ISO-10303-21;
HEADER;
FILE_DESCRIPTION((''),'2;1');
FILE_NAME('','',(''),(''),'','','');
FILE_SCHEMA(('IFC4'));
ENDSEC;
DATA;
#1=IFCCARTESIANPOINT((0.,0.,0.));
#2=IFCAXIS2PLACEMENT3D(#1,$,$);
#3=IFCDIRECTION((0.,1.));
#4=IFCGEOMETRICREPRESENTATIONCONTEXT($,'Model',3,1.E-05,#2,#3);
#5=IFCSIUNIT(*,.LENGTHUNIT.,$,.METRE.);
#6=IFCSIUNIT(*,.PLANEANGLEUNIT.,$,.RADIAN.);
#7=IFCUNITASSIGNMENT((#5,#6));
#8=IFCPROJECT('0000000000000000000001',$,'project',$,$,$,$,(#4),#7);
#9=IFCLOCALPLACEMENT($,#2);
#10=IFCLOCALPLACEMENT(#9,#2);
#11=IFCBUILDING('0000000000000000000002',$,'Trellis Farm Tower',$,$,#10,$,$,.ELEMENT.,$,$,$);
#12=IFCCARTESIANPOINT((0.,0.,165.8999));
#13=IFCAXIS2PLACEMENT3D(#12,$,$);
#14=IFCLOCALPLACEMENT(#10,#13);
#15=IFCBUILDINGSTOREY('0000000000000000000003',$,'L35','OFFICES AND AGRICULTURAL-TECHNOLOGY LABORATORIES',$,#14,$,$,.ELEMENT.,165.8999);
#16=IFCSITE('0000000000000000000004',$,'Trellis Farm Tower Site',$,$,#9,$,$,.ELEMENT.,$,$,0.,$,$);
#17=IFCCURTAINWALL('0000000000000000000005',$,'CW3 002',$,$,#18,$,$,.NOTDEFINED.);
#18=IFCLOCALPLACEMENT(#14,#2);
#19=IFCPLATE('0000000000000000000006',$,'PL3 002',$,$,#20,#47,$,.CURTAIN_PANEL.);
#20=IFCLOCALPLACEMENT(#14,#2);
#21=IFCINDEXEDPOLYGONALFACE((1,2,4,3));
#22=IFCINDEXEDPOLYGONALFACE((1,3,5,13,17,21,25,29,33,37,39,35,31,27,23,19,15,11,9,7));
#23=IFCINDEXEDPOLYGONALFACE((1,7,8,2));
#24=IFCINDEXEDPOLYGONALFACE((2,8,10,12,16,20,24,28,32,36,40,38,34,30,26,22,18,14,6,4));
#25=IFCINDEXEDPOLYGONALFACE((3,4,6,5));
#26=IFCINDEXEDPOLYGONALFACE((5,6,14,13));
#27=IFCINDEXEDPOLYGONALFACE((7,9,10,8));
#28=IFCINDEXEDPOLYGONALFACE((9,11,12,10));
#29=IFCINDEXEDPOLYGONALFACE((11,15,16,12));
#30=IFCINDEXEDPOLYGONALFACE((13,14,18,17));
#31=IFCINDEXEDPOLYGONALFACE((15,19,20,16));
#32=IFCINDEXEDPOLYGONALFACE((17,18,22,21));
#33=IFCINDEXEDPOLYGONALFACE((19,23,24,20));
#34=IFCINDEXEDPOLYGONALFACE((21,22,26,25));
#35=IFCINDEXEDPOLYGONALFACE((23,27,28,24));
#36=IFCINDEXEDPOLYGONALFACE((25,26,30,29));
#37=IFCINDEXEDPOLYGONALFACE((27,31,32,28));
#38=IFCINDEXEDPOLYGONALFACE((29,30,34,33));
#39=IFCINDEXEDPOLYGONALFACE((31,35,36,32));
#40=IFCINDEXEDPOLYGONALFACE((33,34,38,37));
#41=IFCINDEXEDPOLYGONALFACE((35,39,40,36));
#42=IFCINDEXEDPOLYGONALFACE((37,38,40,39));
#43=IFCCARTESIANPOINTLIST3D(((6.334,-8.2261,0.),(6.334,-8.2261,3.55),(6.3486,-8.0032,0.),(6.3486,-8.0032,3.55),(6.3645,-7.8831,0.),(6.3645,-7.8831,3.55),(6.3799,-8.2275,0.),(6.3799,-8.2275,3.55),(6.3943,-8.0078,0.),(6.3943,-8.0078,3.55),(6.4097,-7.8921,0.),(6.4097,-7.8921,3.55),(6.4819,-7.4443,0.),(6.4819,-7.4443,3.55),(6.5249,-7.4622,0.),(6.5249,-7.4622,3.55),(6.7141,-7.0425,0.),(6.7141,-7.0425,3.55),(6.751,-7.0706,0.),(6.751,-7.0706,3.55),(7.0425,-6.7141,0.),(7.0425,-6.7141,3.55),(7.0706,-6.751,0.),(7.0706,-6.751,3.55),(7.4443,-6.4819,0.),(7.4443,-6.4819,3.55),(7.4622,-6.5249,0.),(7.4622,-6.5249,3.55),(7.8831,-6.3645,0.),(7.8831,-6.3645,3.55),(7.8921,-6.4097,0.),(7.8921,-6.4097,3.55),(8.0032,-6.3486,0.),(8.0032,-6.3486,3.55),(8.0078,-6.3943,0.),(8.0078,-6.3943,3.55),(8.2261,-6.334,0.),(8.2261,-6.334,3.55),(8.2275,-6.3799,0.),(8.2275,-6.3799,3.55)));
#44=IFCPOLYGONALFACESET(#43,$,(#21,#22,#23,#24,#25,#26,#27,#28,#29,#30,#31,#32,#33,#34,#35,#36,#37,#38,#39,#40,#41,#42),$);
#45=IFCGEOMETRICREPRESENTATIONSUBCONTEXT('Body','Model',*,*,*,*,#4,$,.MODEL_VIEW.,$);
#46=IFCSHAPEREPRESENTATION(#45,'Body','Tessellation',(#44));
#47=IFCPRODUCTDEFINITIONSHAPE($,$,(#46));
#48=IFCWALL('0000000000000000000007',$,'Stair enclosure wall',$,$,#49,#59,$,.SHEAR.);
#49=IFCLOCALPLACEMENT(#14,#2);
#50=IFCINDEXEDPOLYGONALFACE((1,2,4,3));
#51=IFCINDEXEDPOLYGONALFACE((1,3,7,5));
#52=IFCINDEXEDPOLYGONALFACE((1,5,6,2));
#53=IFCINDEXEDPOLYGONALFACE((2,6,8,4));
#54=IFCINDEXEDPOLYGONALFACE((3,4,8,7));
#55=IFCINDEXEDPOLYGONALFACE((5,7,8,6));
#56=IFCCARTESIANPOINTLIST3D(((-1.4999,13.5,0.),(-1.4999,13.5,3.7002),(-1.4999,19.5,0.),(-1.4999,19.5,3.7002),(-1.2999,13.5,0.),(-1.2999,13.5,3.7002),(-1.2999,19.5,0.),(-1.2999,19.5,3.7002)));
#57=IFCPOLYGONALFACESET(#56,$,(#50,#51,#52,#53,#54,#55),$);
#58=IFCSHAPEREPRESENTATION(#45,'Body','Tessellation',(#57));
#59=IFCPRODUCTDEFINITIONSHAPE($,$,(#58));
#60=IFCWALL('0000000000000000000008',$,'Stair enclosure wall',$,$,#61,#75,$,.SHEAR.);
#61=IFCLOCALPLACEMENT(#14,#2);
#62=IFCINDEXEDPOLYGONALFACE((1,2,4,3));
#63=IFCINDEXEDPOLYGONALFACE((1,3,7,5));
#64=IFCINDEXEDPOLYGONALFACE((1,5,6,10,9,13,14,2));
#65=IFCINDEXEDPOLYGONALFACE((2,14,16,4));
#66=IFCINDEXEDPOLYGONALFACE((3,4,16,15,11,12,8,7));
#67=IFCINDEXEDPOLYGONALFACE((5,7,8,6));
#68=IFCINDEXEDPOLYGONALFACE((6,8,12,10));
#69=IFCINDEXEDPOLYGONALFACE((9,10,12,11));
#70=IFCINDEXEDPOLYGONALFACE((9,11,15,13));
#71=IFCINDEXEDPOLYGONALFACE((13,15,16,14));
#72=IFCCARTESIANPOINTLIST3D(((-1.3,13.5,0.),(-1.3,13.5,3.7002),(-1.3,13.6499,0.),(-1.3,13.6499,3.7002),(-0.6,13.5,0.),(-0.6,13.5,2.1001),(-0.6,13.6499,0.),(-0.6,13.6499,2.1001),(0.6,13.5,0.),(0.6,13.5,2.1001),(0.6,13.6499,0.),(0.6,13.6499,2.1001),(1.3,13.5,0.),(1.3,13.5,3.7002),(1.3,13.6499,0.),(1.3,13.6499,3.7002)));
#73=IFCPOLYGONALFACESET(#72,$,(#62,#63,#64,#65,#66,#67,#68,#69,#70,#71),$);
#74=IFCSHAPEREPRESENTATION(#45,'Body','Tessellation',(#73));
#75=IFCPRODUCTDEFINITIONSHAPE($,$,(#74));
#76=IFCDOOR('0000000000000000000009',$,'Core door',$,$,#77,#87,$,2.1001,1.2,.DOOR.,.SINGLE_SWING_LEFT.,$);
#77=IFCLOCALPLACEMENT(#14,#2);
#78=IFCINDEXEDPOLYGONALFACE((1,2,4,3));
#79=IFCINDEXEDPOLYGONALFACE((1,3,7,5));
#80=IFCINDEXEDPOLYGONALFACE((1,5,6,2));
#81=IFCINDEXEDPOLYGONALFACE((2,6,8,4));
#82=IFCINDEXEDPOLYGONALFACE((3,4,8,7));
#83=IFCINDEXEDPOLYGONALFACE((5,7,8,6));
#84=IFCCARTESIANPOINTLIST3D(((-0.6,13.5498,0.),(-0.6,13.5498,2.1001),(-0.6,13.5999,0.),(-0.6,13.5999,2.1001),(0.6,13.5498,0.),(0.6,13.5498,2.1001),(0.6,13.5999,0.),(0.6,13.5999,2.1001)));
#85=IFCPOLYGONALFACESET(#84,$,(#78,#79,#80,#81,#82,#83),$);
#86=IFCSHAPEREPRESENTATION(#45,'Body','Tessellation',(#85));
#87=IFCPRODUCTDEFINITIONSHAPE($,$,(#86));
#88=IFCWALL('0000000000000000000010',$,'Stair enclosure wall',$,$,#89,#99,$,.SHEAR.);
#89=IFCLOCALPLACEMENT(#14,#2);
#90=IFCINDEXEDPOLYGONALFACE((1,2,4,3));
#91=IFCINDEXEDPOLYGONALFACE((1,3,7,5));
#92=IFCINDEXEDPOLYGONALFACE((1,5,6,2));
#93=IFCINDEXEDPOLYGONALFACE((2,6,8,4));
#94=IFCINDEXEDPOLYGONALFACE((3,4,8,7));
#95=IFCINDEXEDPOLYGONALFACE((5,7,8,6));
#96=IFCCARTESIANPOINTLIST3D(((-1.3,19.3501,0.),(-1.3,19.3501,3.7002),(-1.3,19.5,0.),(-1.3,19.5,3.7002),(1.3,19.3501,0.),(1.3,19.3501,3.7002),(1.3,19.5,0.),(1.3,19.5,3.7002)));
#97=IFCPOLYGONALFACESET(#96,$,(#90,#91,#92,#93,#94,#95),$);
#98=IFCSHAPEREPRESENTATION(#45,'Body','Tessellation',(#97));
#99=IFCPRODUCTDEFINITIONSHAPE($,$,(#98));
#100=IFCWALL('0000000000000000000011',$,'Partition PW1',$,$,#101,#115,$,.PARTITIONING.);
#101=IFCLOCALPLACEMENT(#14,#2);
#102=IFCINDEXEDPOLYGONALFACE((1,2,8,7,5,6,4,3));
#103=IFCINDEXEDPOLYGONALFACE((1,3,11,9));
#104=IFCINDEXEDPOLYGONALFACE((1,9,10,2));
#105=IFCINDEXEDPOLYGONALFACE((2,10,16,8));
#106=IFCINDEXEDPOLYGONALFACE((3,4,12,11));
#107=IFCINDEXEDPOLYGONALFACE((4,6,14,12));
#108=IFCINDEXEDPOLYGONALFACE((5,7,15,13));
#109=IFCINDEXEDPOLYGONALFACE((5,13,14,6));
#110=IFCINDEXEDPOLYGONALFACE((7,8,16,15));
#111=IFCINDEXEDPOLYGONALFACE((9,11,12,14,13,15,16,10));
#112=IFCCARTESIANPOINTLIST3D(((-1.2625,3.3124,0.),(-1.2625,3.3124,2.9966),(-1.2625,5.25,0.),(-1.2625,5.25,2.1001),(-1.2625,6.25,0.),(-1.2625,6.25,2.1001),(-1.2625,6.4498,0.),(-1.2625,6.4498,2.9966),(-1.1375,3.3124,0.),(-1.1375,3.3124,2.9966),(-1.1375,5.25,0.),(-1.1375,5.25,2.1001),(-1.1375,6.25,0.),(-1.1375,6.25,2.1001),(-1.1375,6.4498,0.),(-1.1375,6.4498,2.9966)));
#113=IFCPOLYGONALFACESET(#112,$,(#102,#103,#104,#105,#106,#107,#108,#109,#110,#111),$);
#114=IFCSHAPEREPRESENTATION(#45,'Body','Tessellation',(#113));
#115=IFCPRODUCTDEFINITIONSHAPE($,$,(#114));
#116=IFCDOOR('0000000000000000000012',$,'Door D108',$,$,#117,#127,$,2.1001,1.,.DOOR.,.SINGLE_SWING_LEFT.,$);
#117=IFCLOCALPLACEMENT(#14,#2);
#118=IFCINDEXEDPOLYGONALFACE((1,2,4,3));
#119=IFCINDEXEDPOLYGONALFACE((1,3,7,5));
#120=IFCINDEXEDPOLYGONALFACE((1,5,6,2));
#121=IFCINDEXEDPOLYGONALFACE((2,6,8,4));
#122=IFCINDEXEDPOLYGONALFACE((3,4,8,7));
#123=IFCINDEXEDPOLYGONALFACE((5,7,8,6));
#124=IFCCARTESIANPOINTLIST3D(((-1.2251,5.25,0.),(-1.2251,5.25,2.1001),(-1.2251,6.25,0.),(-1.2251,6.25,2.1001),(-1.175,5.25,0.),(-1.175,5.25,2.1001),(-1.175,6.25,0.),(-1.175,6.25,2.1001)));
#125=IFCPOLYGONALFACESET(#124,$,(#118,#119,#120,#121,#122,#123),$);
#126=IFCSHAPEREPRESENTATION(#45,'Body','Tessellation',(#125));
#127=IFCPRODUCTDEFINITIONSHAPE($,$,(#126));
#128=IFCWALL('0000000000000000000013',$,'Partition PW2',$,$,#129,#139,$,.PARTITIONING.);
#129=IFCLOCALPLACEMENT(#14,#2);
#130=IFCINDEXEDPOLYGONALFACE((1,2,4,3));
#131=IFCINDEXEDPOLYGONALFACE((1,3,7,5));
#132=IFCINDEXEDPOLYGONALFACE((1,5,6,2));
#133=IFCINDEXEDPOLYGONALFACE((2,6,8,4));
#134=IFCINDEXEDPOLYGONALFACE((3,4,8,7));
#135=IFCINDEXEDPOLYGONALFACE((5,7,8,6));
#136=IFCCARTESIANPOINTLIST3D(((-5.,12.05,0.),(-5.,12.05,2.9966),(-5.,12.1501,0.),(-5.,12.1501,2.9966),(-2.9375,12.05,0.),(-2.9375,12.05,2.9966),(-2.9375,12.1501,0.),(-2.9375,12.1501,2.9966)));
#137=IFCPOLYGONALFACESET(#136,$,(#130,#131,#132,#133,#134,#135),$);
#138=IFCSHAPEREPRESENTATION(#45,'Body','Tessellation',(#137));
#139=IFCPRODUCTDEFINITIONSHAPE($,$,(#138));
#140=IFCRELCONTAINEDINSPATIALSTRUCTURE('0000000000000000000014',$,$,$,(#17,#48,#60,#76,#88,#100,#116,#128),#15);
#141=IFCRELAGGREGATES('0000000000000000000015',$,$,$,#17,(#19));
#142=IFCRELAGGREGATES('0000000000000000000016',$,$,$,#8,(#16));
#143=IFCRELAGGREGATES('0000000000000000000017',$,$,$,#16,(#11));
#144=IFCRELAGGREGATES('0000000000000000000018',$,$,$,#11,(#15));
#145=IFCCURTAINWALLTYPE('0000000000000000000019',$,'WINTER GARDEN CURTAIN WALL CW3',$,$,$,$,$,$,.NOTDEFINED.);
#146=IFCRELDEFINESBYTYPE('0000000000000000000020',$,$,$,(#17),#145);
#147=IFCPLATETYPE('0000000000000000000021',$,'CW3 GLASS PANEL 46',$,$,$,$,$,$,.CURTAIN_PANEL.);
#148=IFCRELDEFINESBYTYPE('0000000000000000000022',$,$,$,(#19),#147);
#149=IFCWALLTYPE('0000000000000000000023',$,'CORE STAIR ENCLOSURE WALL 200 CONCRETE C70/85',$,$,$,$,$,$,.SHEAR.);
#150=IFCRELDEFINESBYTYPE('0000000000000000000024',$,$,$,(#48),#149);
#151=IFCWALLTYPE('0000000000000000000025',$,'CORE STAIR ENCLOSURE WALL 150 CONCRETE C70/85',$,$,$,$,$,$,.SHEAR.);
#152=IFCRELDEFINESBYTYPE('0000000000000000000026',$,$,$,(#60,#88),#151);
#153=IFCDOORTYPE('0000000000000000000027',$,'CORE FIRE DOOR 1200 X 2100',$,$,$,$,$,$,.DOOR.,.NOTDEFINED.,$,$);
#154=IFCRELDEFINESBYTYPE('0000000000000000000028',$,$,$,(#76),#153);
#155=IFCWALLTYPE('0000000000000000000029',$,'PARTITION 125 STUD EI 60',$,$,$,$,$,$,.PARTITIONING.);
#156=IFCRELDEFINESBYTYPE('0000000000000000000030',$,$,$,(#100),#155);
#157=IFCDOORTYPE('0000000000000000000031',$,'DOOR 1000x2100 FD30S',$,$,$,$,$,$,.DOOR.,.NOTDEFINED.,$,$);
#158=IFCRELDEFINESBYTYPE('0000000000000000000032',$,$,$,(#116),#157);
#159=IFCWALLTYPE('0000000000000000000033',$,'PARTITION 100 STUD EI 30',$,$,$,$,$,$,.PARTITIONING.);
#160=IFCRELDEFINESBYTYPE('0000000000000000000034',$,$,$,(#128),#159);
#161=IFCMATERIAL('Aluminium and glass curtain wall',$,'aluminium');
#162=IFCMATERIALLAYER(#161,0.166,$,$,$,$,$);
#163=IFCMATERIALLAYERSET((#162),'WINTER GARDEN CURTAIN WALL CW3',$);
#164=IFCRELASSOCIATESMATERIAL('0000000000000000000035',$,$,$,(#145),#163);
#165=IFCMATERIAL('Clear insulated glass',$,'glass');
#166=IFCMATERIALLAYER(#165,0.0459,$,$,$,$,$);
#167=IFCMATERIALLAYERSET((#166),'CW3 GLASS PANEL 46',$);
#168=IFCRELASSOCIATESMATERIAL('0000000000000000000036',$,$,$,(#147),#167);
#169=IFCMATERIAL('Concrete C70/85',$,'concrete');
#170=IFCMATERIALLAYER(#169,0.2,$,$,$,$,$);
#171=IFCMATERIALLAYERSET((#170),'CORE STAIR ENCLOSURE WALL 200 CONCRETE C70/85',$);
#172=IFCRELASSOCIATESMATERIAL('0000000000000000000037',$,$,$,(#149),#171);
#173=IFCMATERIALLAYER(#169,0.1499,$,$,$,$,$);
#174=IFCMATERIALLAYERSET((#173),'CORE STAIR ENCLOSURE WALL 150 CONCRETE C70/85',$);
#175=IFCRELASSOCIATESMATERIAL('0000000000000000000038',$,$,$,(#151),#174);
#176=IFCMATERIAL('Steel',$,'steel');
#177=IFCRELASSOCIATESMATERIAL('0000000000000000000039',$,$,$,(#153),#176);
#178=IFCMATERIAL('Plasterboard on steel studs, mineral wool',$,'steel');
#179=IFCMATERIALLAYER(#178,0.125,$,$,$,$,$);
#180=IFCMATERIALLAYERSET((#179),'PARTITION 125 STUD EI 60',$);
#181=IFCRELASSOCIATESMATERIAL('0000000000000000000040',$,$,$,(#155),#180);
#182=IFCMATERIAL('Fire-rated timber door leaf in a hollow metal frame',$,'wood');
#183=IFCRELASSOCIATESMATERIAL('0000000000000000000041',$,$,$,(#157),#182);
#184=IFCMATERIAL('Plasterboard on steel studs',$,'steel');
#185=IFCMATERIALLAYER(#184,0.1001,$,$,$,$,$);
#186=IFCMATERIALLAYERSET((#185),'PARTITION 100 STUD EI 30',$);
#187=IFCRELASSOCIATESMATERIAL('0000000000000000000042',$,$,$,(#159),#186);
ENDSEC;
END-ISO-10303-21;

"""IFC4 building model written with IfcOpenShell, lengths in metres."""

from ifc_helpers import new_model, si_unit, direction, frame, frame_2d, origin, place, context, subcontext, project, spatial, polyline, rectangle, outline, extrude, source, transform, mapped, material, layer, layer_set, type_object, element, fill, aggregate, save


model = new_model("IFC4")

# Units and contexts
model_context = context("Model", 3, precision=1e-05, world=origin(), true_north=direction((0.0, 1.0)))
body_context = subcontext(model_context, "Body", "Model", "MODEL_VIEW")
ifc_project = project(units=[si_unit("LENGTHUNIT", "METRE"), si_unit("PLANEANGLEUNIT", "RADIAN")], contexts=[model_context])

# Site, building, storey
site_placement = place(None, origin())
site = spatial("IfcSite", under=ifc_project, at=site_placement, Name="Trellis Farm Tower Site", CompositionType="ELEMENT", RefElevation=0.0)
building_placement = place(site_placement, origin())
building = spatial("IfcBuilding", under=site, at=building_placement, Name="Trellis Farm Tower", CompositionType="ELEMENT")
storey_placement = place(building_placement, frame((0.0, 0.0, 165.8999)))
storey = spatial("IfcBuildingStorey", under=building, at=storey_placement, Name="L35", Description="OFFICES AND AGRICULTURAL-TECHNOLOGY LABORATORIES", CompositionType="ELEMENT", Elevation=165.8999)

# Shared definitions
ifc_material_1 = material(Name="Concrete C70/85", Category="concrete")

# Curtain wall, plate
ifc_material_2 = material(Name="Aluminium and glass curtain wall", Category="aluminium")
ifc_layer_1 = layer(ifc_material_2, 0.166)
ifc_layer_set_1 = layer_set([ifc_layer_1], Name="WINTER GARDEN CURTAIN WALL CW3")
curtain_wall_type = type_object("IfcCurtainWallType", Name="WINTER GARDEN CURTAIN WALL CW3", PredefinedType="NOTDEFINED", material=ifc_layer_set_1)
placement = place(storey_placement, origin())
curtain_wall = element("IfcCurtainWall", 1, at=placement, inside=storey, type_object=curtain_wall_type, Name="CW3 002", PredefinedType="NOTDEFINED")
ifc_material_3 = material(Name="Clear insulated glass", Category="glass")
ifc_layer_2 = layer(ifc_material_3, 0.0459)
ifc_layer_set_2 = layer_set([ifc_layer_2], Name="CW3 GLASS PANEL 46")
plate_type = type_object("IfcPlateType", Name="CW3 GLASS PANEL 46", PredefinedType="CURTAIN_PANEL", material=ifc_layer_set_2)
shared_shape_1 = source(origin(), body_context, "Body", "SweptSolid", [
    extrude(outline(polyline([(6.3799, -8.2275), (6.3943, -8.0078), (6.4097, -7.8921), (6.5249, -7.4622), (6.751, -7.0706), (7.0706, -6.751), (7.4622, -6.5249), (7.8921, -6.4097), (8.0078, -6.3943), (8.2275, -6.3799), (8.2261, -6.334), (8.0032, -6.3486), (7.8831, -6.3645), (7.4443, -6.4819), (7.0425, -6.7141), (6.7141, -7.0425), (6.4819, -7.4443), (6.3645, -7.8831), (6.3486, -8.0032), (6.334, -8.2261), (6.3799, -8.2275)])), origin(), (0.0, 0.0, 1.0), 3.55),
])
plate = element("IfcPlate", 2, at=placement, type_object=plate_type, Name="PL3 002", PredefinedType="CURTAIN_PANEL", context=body_context, shape_type="MappedRepresentation", body=[
    mapped(shared_shape_1, transform((0.0, 0.0, 0.0))),
])
aggregate(curtain_wall, [plate])

# Wall
ifc_layer_3 = layer(ifc_material_1, 0.2)
ifc_layer_set_3 = layer_set([ifc_layer_3], Name="CORE STAIR ENCLOSURE WALL 200 CONCRETE C70/85")
wall_type_1 = type_object("IfcWallType", Name="CORE STAIR ENCLOSURE WALL 200 CONCRETE C70/85", PredefinedType="SHEAR", material=ifc_layer_set_3)
shared_shape_2 = source(origin(), body_context, "Body", "SweptSolid", [
    extrude(rectangle(XDim=6.0, YDim=0.2, at=frame_2d((3.0, 0.0))), origin(), (0.0, 0.0, 1.0), 3.7002),
])
wall_1_placement = place(storey_placement, frame((-1.3999, 13.5, 0.0), z_axis=(0.0, 0.0, 1.0), x_axis=(0.0, 1.0, 0.0)))
element("IfcWall", 3, at=wall_1_placement, inside=storey, type_object=wall_type_1, Name="Stair enclosure wall", PredefinedType="SHEAR", context=body_context, shape_type="MappedRepresentation", body=[
    mapped(shared_shape_2, transform((0.0, 0.0, 0.0))),
])

# Wall, opening, door
ifc_layer_4 = layer(ifc_material_1, 0.1499)
ifc_layer_set_4 = layer_set([ifc_layer_4], Name="CORE STAIR ENCLOSURE WALL 150 CONCRETE C70/85")
wall_type_2 = type_object("IfcWallType", Name="CORE STAIR ENCLOSURE WALL 150 CONCRETE C70/85", PredefinedType="SHEAR", material=ifc_layer_set_4)
shared_shape_3 = source(origin(), body_context, "Body", "SweptSolid", [
    extrude(rectangle(XDim=2.6001, YDim=0.1499, at=frame_2d((1.3, 0.0))), origin(), (0.0, 0.0, 1.0), 3.7002),
])
wall_2_placement = place(storey_placement, frame((-1.3, 13.575, 0.0), z_axis=(0.0, 0.0, 1.0), x_axis=(1.0, 0.0, 0.0)))
wall_2 = element("IfcWall", 4, at=wall_2_placement, inside=storey, type_object=wall_type_2, Name="Stair enclosure wall", PredefinedType="SHEAR", context=body_context, shape_type="MappedRepresentation", body=[
    mapped(shared_shape_3, transform((0.0, 0.0, 0.0))),
])
shared_shape_4 = source(origin(), body_context, "Body", "SweptSolid", [
    extrude(rectangle(XDim=1.2, YDim=2.1001, at=frame_2d((0.6001, 1.05))), frame((0.0, 0.085, 0.0), z_axis=(0.0, -1.0, 0.0), x_axis=(1.0, 0.0, 0.0)), (0.0, 0.0, 1.0), 0.1699),
])
opening_1_placement = place(wall_2_placement, frame((0.7, 0.0, 0.0)))
opening_1 = element("IfcOpeningElement", 5, at=opening_1_placement, cuts=wall_2, PredefinedType="OPENING", context=body_context, shape_type="MappedRepresentation", body=[
    mapped(shared_shape_4, transform((0.0, 0.0, 0.0))),
])
ifc_material_4 = material(Name="Steel", Category="steel")
door_type_1 = type_object("IfcDoorType", Name="CORE FIRE DOOR 1200 X 2100", OperationType="NOTDEFINED", PredefinedType="DOOR", material=ifc_material_4)
shared_shape_5 = source(origin(), body_context, "Body", "SweptSolid", [
    extrude(rectangle(XDim=1.2, YDim=2.1001, at=frame_2d((0.6001, 1.05))), frame((0.0, 0.0249, 0.0), z_axis=(0.0, -1.0, 0.0), x_axis=(1.0, 0.0, 0.0)), (0.0, 0.0, 1.0), 0.05),
])
door_1_placement = place(opening_1_placement, origin())
door_1 = element("IfcDoor", 6, at=door_1_placement, inside=storey, type_object=door_type_1, Name="Core door", OperationType="SINGLE_SWING_LEFT", OverallHeight=2.1001, OverallWidth=1.2, PredefinedType="DOOR", context=body_context, shape_type="MappedRepresentation", body=[
    mapped(shared_shape_5, transform((0.0, 0.0, 0.0))),
])
fill(opening_1, door_1)

# Wall
wall_3_placement = place(storey_placement, frame((-1.3, 19.425, 0.0), z_axis=(0.0, 0.0, 1.0), x_axis=(1.0, 0.0, 0.0)))
element("IfcWall", 7, at=wall_3_placement, inside=storey, type_object=wall_type_2, Name="Stair enclosure wall", PredefinedType="SHEAR", context=body_context, shape_type="MappedRepresentation", body=[
    mapped(shared_shape_3, transform((0.0, 0.0, 0.0))),
])

# Wall, opening, door
ifc_material_5 = material(Name="Plasterboard on steel studs, mineral wool", Category="steel")
ifc_layer_5 = layer(ifc_material_5, 0.125)
ifc_layer_set_5 = layer_set([ifc_layer_5], Name="PARTITION 125 STUD EI 60")
wall_type_3 = type_object("IfcWallType", Name="PARTITION 125 STUD EI 60", PredefinedType="PARTITIONING", material=ifc_layer_set_5)
shared_shape_6 = source(origin(), body_context, "Body", "SweptSolid", [
    extrude(rectangle(XDim=3.1375, YDim=0.125, at=frame_2d((1.5688, 0.0))), origin(), (0.0, 0.0, 1.0), 2.9966),
])
wall_4_placement = place(storey_placement, frame((-1.2, 6.45, 0.0), z_axis=(0.0, 0.0, 1.0), x_axis=(0.0, -1.0, 0.0)))
wall_4 = element("IfcWall", 8, at=wall_4_placement, inside=storey, type_object=wall_type_3, Name="Partition PW1", PredefinedType="PARTITIONING", context=body_context, shape_type="MappedRepresentation", body=[
    mapped(shared_shape_6, transform((0.0, 0.0, 0.0))),
])
shared_shape_7 = source(origin(), body_context, "Body", "SweptSolid", [
    extrude(rectangle(XDim=1.0, YDim=2.1001, at=frame_2d((0.5, 1.05))), frame((0.0, 0.0725, 0.0), z_axis=(0.0, -1.0, 0.0), x_axis=(1.0, 0.0, 0.0)), (0.0, 0.0, 1.0), 0.145),
])
opening_2_placement = place(wall_4_placement, frame((0.2, 0.0, 0.0)))
opening_2 = element("IfcOpeningElement", 9, at=opening_2_placement, cuts=wall_4, PredefinedType="OPENING", context=body_context, shape_type="MappedRepresentation", body=[
    mapped(shared_shape_7, transform((0.0, 0.0, 0.0))),
])
ifc_material_6 = material(Name="Fire-rated timber door leaf in a hollow metal frame", Category="wood")
door_type_2 = type_object("IfcDoorType", Name="DOOR 1000x2100 FD30S", OperationType="NOTDEFINED", PredefinedType="DOOR", material=ifc_material_6)
shared_shape_8 = source(origin(), body_context, "Body", "SweptSolid", [
    extrude(rectangle(XDim=1.0, YDim=2.1001, at=frame_2d((0.5, 1.05))), frame((0.0, 0.0249, 0.0), z_axis=(0.0, -1.0, 0.0), x_axis=(1.0, 0.0, 0.0)), (0.0, 0.0, 1.0), 0.05),
])
door_2_placement = place(opening_2_placement, origin())
door_2 = element("IfcDoor", 10, at=door_2_placement, inside=storey, type_object=door_type_2, Name="Door D108", OperationType="SINGLE_SWING_LEFT", OverallHeight=2.1001, OverallWidth=1.0, PredefinedType="DOOR", context=body_context, shape_type="MappedRepresentation", body=[
    mapped(shared_shape_8, transform((0.0, 0.0, 0.0))),
])
fill(opening_2, door_2)

# Wall
ifc_material_7 = material(Name="Plasterboard on steel studs", Category="steel")
ifc_layer_6 = layer(ifc_material_7, 0.1001)
ifc_layer_set_6 = layer_set([ifc_layer_6], Name="PARTITION 100 STUD EI 30")
wall_type_4 = type_object("IfcWallType", Name="PARTITION 100 STUD EI 30", PredefinedType="PARTITIONING", material=ifc_layer_set_6)
shared_shape_9 = source(origin(), body_context, "Body", "SweptSolid", [
    extrude(rectangle(XDim=2.0625, YDim=0.1001, at=frame_2d((1.0312, 0.0))), origin(), (0.0, 0.0, 1.0), 2.9966),
])
wall_5_placement = place(storey_placement, frame((-5.0, 12.1001, 0.0), z_axis=(0.0, 0.0, 1.0), x_axis=(1.0, 0.0, 0.0)))
element("IfcWall", 11, at=wall_5_placement, inside=storey, type_object=wall_type_4, Name="Partition PW2", PredefinedType="PARTITIONING", context=body_context, shape_type="MappedRepresentation", body=[
    mapped(shared_shape_9, transform((0.0, 0.0, 0.0))),
])

save(model, "model.ifc")
